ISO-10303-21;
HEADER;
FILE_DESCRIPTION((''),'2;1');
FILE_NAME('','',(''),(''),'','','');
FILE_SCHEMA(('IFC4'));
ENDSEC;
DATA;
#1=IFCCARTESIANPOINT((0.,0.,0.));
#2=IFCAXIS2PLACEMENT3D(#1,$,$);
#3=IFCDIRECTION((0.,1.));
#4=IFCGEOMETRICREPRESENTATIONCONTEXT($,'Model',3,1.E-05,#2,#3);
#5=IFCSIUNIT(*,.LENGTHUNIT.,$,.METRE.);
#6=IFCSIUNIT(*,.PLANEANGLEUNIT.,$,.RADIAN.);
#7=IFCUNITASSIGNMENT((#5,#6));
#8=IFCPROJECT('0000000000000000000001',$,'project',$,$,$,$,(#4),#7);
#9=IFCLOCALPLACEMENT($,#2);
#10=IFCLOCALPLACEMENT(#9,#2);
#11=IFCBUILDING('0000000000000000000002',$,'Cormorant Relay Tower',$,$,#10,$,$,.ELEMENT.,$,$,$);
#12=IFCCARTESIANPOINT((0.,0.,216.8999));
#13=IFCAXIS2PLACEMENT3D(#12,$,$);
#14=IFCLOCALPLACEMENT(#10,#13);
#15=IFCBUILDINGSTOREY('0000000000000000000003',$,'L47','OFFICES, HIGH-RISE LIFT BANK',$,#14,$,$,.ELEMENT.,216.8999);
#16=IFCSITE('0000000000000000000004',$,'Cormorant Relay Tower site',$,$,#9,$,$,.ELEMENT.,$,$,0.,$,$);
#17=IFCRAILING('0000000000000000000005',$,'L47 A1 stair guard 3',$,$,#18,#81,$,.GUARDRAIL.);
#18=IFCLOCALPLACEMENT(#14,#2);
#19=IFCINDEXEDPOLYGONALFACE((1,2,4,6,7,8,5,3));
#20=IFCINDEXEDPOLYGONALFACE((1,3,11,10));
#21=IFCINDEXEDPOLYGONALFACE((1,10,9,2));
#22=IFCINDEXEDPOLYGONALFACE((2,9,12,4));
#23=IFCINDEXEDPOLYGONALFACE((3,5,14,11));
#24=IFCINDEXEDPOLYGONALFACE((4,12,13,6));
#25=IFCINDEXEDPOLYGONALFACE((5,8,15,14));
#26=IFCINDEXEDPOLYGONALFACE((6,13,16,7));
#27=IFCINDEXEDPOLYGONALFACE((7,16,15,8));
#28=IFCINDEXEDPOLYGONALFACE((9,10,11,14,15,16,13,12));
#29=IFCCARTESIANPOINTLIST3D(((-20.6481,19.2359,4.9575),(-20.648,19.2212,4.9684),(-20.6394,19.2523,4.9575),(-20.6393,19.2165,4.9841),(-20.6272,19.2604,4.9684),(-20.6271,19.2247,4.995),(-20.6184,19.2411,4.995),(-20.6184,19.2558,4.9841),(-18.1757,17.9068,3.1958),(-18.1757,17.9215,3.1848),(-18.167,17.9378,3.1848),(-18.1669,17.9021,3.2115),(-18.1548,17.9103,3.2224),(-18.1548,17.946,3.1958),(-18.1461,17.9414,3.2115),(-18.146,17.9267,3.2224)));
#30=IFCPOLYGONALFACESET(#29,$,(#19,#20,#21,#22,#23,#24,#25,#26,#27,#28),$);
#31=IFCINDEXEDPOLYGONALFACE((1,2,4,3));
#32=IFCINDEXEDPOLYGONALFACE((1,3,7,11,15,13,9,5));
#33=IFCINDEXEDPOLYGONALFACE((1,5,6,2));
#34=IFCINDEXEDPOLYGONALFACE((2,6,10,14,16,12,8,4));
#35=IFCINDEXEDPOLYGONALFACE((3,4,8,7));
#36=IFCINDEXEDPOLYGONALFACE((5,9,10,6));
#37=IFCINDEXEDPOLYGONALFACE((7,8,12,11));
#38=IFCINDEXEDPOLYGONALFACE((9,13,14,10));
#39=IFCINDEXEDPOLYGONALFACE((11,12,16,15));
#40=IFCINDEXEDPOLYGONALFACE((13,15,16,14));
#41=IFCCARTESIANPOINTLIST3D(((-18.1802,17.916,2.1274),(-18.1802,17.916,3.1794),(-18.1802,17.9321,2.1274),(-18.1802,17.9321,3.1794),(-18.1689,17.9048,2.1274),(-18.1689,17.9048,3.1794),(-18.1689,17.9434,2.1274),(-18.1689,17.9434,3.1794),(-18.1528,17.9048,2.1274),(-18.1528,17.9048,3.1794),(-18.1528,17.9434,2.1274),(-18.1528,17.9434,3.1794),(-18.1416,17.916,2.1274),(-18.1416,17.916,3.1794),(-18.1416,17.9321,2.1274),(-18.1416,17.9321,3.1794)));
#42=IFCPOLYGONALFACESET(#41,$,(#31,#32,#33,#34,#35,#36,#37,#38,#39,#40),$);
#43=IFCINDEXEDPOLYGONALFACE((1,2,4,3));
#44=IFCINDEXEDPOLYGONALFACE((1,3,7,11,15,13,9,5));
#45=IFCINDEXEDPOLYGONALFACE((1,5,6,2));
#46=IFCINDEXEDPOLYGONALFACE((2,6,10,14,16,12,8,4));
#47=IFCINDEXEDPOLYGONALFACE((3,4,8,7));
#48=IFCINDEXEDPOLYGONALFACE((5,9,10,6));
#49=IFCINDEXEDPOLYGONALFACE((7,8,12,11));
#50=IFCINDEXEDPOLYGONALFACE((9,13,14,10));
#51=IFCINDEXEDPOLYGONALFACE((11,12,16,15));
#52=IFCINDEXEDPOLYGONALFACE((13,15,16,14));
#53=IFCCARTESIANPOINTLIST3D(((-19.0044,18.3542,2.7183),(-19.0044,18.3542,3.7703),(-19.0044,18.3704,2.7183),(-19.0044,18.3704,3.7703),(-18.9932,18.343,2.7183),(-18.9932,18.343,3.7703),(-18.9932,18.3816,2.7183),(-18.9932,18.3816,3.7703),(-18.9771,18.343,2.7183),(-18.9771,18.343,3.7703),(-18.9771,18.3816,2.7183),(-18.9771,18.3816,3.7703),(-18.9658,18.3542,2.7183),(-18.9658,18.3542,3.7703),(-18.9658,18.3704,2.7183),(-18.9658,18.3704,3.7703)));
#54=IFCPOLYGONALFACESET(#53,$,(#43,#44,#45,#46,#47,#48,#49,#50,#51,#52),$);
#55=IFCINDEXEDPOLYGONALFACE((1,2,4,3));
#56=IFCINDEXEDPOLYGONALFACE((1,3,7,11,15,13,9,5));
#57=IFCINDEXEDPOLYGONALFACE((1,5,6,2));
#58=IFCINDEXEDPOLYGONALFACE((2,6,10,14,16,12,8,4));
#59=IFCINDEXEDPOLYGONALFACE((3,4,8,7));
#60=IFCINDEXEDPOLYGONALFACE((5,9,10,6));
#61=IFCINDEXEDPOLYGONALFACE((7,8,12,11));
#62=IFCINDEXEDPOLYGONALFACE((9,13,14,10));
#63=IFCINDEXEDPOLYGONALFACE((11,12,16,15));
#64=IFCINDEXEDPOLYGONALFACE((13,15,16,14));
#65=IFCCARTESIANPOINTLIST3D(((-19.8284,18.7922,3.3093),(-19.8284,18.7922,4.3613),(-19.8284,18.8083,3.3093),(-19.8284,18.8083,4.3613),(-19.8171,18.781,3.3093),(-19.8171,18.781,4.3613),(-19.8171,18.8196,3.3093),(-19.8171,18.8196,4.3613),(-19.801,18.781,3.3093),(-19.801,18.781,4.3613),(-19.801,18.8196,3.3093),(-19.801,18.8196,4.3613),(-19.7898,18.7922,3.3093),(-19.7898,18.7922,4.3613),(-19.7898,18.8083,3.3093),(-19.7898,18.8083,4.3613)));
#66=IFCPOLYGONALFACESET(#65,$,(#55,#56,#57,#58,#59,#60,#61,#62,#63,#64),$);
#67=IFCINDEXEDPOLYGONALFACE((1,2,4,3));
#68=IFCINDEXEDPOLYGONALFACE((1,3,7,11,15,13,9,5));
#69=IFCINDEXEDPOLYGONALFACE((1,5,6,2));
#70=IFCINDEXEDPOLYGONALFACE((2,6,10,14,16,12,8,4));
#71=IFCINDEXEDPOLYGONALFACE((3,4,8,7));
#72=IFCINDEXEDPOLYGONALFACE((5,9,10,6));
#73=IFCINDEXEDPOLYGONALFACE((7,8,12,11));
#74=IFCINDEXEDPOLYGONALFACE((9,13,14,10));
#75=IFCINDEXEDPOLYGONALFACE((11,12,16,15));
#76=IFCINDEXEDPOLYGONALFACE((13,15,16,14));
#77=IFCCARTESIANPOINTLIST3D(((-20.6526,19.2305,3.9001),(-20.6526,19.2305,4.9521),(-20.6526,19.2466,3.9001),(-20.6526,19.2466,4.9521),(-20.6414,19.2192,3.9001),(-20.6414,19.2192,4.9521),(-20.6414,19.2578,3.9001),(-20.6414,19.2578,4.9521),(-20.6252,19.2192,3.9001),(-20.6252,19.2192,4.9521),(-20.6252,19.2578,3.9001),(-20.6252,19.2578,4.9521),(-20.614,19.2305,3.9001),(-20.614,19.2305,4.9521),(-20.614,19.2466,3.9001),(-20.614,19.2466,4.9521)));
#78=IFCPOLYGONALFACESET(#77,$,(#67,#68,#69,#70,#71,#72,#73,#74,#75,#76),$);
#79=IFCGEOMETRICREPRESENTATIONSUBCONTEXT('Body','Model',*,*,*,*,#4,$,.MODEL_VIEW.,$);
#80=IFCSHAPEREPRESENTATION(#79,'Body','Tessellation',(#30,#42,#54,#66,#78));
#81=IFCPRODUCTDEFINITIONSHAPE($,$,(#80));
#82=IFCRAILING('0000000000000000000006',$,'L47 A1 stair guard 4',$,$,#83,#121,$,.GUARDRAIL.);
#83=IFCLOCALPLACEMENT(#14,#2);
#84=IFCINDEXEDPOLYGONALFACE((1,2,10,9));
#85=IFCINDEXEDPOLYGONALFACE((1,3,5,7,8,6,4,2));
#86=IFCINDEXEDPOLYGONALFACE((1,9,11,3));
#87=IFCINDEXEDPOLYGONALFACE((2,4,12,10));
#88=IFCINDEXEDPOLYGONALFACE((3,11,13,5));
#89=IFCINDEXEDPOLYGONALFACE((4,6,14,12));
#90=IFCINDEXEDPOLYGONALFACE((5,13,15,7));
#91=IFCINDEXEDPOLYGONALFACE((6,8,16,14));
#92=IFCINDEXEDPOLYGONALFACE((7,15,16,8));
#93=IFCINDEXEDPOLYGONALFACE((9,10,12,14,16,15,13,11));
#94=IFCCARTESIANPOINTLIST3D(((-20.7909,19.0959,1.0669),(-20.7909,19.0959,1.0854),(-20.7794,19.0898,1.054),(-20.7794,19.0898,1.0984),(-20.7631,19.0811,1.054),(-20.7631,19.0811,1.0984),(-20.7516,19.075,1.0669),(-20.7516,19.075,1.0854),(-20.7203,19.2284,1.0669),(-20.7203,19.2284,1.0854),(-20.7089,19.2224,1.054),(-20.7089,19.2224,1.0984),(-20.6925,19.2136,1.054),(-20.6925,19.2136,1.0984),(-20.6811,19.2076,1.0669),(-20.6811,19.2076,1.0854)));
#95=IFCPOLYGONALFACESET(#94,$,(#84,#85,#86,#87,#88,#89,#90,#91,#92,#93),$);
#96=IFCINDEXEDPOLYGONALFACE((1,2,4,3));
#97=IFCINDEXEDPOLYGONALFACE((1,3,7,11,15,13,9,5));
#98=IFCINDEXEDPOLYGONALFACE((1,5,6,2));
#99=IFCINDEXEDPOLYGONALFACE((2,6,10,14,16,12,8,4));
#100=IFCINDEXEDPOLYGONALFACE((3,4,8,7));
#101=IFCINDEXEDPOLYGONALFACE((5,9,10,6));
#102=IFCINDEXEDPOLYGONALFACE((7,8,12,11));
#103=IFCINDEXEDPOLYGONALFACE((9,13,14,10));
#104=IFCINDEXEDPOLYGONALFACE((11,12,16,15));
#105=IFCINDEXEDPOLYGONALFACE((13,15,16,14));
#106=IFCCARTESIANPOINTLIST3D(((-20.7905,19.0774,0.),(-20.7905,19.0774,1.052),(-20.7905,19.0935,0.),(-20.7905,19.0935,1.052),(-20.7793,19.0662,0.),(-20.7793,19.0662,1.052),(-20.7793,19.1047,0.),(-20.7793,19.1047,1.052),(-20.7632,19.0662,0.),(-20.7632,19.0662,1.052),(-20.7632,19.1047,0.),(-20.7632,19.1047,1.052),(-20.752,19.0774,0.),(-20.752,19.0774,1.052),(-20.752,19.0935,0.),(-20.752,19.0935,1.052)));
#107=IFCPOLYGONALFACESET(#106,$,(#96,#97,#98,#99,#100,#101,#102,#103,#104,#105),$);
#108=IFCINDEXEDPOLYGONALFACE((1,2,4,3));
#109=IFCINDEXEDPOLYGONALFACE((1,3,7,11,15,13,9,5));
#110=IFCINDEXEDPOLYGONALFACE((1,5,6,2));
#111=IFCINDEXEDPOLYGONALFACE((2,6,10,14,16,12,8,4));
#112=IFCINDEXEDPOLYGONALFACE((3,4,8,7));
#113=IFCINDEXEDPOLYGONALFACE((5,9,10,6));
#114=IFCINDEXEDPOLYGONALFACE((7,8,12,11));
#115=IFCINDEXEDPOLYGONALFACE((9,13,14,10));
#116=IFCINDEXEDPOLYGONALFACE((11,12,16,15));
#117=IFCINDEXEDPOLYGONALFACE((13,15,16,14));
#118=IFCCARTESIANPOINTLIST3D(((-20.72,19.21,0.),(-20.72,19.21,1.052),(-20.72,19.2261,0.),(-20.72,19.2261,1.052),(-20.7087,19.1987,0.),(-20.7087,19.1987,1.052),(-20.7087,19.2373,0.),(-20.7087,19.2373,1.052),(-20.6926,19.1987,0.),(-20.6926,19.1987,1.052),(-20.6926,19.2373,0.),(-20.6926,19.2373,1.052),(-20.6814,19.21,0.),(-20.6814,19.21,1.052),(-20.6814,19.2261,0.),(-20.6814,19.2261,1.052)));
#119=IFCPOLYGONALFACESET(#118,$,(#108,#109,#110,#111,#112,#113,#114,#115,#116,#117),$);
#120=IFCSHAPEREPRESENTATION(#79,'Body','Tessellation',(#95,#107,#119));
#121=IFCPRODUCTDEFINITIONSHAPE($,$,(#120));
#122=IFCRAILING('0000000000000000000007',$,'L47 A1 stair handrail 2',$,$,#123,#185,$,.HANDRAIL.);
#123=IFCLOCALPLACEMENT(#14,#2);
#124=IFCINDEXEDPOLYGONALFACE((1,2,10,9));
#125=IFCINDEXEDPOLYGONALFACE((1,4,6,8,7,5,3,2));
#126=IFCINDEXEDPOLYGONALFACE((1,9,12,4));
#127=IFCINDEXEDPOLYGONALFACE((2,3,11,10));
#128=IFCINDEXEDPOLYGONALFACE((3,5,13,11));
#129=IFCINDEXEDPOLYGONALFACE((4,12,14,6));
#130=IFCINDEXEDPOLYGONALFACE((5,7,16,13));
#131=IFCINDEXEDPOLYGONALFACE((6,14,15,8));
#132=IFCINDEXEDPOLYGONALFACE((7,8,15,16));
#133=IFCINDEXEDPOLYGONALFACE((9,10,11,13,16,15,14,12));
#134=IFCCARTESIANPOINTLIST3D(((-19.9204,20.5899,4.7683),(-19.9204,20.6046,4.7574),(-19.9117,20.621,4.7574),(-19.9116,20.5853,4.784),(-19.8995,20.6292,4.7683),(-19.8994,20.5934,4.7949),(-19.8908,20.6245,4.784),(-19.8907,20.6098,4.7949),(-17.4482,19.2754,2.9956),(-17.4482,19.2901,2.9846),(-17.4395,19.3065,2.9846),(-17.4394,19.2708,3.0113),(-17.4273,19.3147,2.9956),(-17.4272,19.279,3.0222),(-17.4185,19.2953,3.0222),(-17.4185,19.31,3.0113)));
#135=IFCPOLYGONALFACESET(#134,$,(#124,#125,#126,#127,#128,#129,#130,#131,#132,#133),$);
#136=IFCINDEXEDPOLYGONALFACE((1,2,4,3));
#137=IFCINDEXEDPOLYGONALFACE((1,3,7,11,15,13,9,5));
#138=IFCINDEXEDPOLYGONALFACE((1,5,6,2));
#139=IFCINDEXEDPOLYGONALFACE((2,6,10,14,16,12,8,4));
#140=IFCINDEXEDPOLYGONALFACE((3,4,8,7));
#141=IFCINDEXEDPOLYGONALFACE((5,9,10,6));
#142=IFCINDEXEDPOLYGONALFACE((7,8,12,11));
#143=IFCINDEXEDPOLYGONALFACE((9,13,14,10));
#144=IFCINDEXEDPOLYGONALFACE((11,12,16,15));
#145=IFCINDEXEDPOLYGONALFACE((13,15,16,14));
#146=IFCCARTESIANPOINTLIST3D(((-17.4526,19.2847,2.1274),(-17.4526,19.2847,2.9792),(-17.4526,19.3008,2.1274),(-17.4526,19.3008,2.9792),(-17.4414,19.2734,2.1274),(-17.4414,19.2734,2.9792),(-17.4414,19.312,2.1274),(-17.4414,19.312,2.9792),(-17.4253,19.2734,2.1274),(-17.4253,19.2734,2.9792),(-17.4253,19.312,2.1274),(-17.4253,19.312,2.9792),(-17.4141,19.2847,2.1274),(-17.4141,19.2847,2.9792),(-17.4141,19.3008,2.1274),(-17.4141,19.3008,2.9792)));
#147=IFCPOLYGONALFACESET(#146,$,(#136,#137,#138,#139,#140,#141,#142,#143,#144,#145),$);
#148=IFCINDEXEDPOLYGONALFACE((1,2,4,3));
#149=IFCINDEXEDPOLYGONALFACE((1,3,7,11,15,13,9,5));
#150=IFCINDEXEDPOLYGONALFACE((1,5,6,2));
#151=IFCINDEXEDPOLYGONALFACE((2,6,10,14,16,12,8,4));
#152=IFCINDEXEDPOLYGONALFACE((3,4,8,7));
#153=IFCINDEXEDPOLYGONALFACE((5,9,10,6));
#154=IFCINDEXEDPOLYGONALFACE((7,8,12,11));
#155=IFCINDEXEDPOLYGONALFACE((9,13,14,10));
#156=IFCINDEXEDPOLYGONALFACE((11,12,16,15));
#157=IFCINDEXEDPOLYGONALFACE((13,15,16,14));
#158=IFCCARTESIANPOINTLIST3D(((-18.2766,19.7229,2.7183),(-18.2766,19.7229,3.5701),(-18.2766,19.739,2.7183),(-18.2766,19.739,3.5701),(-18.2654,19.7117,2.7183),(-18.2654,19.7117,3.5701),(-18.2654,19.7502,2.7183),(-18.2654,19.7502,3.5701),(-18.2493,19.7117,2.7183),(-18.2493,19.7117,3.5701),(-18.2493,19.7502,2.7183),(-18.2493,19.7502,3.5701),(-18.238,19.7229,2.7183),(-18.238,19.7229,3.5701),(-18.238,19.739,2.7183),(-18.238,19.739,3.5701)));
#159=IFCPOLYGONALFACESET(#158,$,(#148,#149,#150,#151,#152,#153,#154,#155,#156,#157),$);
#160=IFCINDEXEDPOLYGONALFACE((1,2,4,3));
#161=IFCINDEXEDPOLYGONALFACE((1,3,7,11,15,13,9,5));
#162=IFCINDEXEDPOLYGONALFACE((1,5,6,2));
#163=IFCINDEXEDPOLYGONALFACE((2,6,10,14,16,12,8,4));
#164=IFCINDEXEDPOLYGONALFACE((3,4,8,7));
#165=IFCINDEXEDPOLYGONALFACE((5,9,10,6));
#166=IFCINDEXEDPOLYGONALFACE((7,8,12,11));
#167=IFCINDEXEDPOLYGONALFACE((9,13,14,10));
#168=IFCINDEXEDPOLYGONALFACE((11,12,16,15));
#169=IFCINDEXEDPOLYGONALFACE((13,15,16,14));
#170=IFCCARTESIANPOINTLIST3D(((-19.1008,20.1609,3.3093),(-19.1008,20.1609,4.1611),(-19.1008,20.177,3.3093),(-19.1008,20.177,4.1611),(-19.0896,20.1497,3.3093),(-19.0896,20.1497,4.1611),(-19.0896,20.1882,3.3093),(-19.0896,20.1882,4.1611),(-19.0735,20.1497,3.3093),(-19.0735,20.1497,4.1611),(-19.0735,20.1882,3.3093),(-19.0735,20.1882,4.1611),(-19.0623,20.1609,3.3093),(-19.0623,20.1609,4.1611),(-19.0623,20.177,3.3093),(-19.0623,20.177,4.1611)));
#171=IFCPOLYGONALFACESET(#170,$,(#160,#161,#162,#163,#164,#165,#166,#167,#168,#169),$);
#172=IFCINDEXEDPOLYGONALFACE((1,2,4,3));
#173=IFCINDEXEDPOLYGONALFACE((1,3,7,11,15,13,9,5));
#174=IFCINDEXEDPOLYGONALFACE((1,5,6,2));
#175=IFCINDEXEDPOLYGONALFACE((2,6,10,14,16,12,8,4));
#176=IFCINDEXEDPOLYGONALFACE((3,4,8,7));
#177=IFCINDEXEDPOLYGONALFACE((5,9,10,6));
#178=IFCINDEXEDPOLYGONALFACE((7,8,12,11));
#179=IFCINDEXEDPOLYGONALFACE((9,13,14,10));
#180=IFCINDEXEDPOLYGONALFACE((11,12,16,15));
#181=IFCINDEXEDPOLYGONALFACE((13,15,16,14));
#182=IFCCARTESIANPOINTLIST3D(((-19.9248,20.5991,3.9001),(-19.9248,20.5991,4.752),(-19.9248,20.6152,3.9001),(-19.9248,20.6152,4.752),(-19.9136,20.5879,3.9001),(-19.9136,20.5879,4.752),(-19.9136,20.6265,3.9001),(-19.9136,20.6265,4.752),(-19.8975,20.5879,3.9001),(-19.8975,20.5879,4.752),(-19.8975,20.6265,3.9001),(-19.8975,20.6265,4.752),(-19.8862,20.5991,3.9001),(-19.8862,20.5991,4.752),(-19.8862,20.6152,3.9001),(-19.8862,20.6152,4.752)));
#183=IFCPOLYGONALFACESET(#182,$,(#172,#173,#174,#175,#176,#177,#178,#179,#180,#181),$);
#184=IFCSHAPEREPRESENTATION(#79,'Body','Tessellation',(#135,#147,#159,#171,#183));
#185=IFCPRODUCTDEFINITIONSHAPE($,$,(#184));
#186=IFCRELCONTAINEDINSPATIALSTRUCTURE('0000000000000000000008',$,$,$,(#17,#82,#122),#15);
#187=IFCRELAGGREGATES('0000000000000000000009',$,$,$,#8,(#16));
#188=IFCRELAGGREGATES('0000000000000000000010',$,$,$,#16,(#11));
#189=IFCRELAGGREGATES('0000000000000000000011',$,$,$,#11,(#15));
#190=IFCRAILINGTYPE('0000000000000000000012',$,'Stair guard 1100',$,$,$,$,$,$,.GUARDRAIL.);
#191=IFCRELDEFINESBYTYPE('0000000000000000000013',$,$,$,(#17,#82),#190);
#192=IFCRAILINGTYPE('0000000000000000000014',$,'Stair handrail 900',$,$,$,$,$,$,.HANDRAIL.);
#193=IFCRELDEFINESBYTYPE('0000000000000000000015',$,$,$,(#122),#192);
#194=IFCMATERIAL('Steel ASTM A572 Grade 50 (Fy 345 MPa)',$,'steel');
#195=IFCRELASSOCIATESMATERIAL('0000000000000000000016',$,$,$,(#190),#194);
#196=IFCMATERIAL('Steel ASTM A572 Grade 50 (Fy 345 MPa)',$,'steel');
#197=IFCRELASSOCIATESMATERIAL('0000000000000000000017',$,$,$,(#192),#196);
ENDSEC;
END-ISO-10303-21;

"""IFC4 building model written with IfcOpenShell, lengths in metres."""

from ifc_helpers import new_model, si_unit, direction, frame, origin, place, context, subcontext, project, spatial, polyline, outline, extrude, material, type_object, element, save


model = new_model("IFC4")

# Units and contexts
model_context = context("Model", 3, precision=1e-05, world=origin(), true_north=direction((0.0, 1.0)))
body_context = subcontext(model_context, "Body", "Model", "MODEL_VIEW")
ifc_project = project(units=[si_unit("LENGTHUNIT", "METRE"), si_unit("PLANEANGLEUNIT", "RADIAN")], contexts=[model_context])

# Site, building, storey
site_placement = place(None, origin())
site = spatial("IfcSite", under=ifc_project, at=site_placement, Name="Cormorant Relay Tower site", CompositionType="ELEMENT", RefElevation=0.0)
building_placement = place(site_placement, origin())
building = spatial("IfcBuilding", under=site, at=building_placement, Name="Cormorant Relay Tower", CompositionType="ELEMENT")
storey_placement = place(building_placement, frame((0.0, 0.0, 216.8999)))
storey = spatial("IfcBuildingStorey", under=building, at=storey_placement, Name="L47", Description="OFFICES, HIGH-RISE LIFT BANK", CompositionType="ELEMENT", Elevation=216.8999)

# Railings
ifc_material_1 = material(Name="Steel ASTM A572 Grade 50 (Fy 345 MPa)", Category="steel")
railing_type_1 = type_object("IfcRailingType", Name="Stair guard 1100", PredefinedType="GUARDRAIL", material=ifc_material_1)
railing_1_placement = place(storey_placement, frame((-18.1609, 17.9241, 2.1274)))
element("IfcRailing", 1, at=railing_1_placement, inside=storey, type_object=railing_type_1, Name="L47 A1 stair guard 3", PredefinedType="GUARDRAIL", context=body_context, shape_type="SweptSolid", body=[
    extrude(outline(polyline([(0.0222, 0.0093), (0.0093, 0.0222), (-0.0093, 0.0222), (-0.0222, 0.0093), (-0.0222, -0.0093), (-0.0093, -0.0222), (0.0093, -0.0222), (0.0222, -0.0093), (0.0222, 0.0093)])), frame((0.0, 0.0, 1.0762), z_axis=(-0.746034, 0.396627, 0.534902), x_axis=(-0.469429, -0.88297, 0.0)), (0.0, 0.0, 1.0), 3.314),
    extrude(outline(polyline([(0.0193, 0.0081), (0.0081, 0.0193), (-0.0081, 0.0193), (-0.0193, 0.0081), (-0.0193, -0.0081), (-0.0081, -0.0193), (0.0081, -0.0193), (0.0193, -0.0081), (0.0193, 0.0081)])), origin(), (0.0, 0.0, 1.0), 1.052),
    extrude(outline(polyline([(0.0193, 0.0081), (0.0081, 0.0193), (-0.0081, 0.0193), (-0.0193, 0.0081), (-0.0193, -0.0081), (-0.0081, -0.0193), (0.0081, -0.0193), (0.0193, -0.0081), (0.0193, 0.0081)])), frame((-0.8242, 0.4382, 0.5908)), (0.0, 0.0, 1.0), 1.052),
    extrude(outline(polyline([(0.0193, 0.0081), (0.0081, 0.0193), (-0.0081, 0.0193), (-0.0193, 0.0081), (-0.0193, -0.0081), (-0.0081, -0.0193), (0.0081, -0.0193), (0.0193, -0.0081), (0.0193, 0.0081)])), frame((-1.6482, 0.8762, 1.1819)), (0.0, 0.0, 1.0), 1.052),
    extrude(outline(polyline([(0.0193, 0.0081), (0.0081, 0.0193), (-0.0081, 0.0193), (-0.0193, 0.0081), (-0.0193, -0.0081), (-0.0081, -0.0193), (0.0081, -0.0193), (0.0193, -0.0081), (0.0193, 0.0081)])), frame((-2.4724, 1.3145, 1.7727)), (0.0, 0.0, 1.0), 1.052),
])
railing_2_placement = place(storey_placement, frame((-20.7712, 19.0854, 0.0)))
element("IfcRailing", 2, at=railing_2_placement, inside=storey, type_object=railing_type_1, Name="L47 A1 stair guard 4", PredefinedType="GUARDRAIL", context=body_context, shape_type="SweptSolid", body=[
    extrude(outline(polyline([(0.0222, 0.0093), (0.0093, 0.0222), (-0.0093, 0.0222), (-0.0222, 0.0093), (-0.0222, -0.0093), (-0.0093, -0.0222), (0.0093, -0.0222), (0.0222, -0.0093), (0.0222, 0.0093)])), frame((0.0, 0.0, 1.0762), z_axis=(0.469829, 0.882758, 0.0), x_axis=(-0.882758, 0.469829, 0.0)), (0.0, 0.0, 1.0), 0.1501),
    extrude(outline(polyline([(0.0193, 0.0081), (0.0081, 0.0193), (-0.0081, 0.0193), (-0.0193, 0.0081), (-0.0193, -0.0081), (-0.0081, -0.0193), (0.0081, -0.0193), (0.0193, -0.0081), (0.0193, 0.0081)])), origin(), (0.0, 0.0, 1.0), 1.052),
    extrude(outline(polyline([(0.0193, 0.0081), (0.0081, 0.0193), (-0.0081, 0.0193), (-0.0193, 0.0081), (-0.0193, -0.0081), (-0.0081, -0.0193), (0.0081, -0.0193), (0.0193, -0.0081), (0.0193, 0.0081)])), frame((0.0706, 0.1326, 0.0)), (0.0, 0.0, 1.0), 1.052),
])
ifc_material_2 = material(Name="Steel ASTM A572 Grade 50 (Fy 345 MPa)", Category="steel")
railing_type_2 = type_object("IfcRailingType", Name="Stair handrail 900", PredefinedType="HANDRAIL", material=ifc_material_2)
railing_3_placement = place(storey_placement, frame((-17.4333, 19.2927, 2.1274)))
element("IfcRailing", 3, at=railing_3_placement, inside=storey, type_object=railing_type_2, Name="L47 A1 stair handrail 2", PredefinedType="HANDRAIL", context=body_context, shape_type="SweptSolid", body=[
    extrude(outline(polyline([(0.0222, 0.0093), (0.0093, 0.0222), (-0.0093, 0.0222), (-0.0222, 0.0093), (-0.0222, -0.0093), (-0.0093, -0.0222), (0.0093, -0.0222), (0.0222, -0.0093), (0.0222, 0.0093)])), frame((0.0, 0.0, 0.876), z_axis=(-0.746001, 0.396649, 0.534931), x_axis=(-0.469465, -0.882951, 0.0)), (0.0, 0.0, 1.0), 3.314),
    extrude(outline(polyline([(0.0193, 0.0081), (0.0081, 0.0193), (-0.0081, 0.0193), (-0.0193, 0.0081), (-0.0193, -0.0081), (-0.0081, -0.0193), (0.0081, -0.0193), (0.0193, -0.0081), (0.0193, 0.0081)])), origin(), (0.0, 0.0, 1.0), 0.8518),
    extrude(outline(polyline([(0.0193, 0.0081), (0.0081, 0.0193), (-0.0081, 0.0193), (-0.0193, 0.0081), (-0.0193, -0.0081), (-0.0081, -0.0193), (0.0081, -0.0193), (0.0193, -0.0081), (0.0193, 0.0081)])), frame((-0.824, 0.4382, 0.5908)), (0.0, 0.0, 1.0), 0.8518),
    extrude(outline(polyline([(0.0193, 0.0081), (0.0081, 0.0193), (-0.0081, 0.0193), (-0.0193, 0.0081), (-0.0193, -0.0081), (-0.0081, -0.0193), (0.0081, -0.0193), (0.0193, -0.0081), (0.0193, 0.0081)])), frame((-1.6482, 0.8762, 1.1819)), (0.0, 0.0, 1.0), 0.8518),
    extrude(outline(polyline([(0.0193, 0.0081), (0.0081, 0.0193), (-0.0081, 0.0193), (-0.0193, 0.0081), (-0.0193, -0.0081), (-0.0081, -0.0193), (0.0081, -0.0193), (0.0193, -0.0081), (0.0193, 0.0081)])), frame((-2.4722, 1.3145, 1.7727)), (0.0, 0.0, 1.0), 0.8518),
])

save(model, "model.ifc")
